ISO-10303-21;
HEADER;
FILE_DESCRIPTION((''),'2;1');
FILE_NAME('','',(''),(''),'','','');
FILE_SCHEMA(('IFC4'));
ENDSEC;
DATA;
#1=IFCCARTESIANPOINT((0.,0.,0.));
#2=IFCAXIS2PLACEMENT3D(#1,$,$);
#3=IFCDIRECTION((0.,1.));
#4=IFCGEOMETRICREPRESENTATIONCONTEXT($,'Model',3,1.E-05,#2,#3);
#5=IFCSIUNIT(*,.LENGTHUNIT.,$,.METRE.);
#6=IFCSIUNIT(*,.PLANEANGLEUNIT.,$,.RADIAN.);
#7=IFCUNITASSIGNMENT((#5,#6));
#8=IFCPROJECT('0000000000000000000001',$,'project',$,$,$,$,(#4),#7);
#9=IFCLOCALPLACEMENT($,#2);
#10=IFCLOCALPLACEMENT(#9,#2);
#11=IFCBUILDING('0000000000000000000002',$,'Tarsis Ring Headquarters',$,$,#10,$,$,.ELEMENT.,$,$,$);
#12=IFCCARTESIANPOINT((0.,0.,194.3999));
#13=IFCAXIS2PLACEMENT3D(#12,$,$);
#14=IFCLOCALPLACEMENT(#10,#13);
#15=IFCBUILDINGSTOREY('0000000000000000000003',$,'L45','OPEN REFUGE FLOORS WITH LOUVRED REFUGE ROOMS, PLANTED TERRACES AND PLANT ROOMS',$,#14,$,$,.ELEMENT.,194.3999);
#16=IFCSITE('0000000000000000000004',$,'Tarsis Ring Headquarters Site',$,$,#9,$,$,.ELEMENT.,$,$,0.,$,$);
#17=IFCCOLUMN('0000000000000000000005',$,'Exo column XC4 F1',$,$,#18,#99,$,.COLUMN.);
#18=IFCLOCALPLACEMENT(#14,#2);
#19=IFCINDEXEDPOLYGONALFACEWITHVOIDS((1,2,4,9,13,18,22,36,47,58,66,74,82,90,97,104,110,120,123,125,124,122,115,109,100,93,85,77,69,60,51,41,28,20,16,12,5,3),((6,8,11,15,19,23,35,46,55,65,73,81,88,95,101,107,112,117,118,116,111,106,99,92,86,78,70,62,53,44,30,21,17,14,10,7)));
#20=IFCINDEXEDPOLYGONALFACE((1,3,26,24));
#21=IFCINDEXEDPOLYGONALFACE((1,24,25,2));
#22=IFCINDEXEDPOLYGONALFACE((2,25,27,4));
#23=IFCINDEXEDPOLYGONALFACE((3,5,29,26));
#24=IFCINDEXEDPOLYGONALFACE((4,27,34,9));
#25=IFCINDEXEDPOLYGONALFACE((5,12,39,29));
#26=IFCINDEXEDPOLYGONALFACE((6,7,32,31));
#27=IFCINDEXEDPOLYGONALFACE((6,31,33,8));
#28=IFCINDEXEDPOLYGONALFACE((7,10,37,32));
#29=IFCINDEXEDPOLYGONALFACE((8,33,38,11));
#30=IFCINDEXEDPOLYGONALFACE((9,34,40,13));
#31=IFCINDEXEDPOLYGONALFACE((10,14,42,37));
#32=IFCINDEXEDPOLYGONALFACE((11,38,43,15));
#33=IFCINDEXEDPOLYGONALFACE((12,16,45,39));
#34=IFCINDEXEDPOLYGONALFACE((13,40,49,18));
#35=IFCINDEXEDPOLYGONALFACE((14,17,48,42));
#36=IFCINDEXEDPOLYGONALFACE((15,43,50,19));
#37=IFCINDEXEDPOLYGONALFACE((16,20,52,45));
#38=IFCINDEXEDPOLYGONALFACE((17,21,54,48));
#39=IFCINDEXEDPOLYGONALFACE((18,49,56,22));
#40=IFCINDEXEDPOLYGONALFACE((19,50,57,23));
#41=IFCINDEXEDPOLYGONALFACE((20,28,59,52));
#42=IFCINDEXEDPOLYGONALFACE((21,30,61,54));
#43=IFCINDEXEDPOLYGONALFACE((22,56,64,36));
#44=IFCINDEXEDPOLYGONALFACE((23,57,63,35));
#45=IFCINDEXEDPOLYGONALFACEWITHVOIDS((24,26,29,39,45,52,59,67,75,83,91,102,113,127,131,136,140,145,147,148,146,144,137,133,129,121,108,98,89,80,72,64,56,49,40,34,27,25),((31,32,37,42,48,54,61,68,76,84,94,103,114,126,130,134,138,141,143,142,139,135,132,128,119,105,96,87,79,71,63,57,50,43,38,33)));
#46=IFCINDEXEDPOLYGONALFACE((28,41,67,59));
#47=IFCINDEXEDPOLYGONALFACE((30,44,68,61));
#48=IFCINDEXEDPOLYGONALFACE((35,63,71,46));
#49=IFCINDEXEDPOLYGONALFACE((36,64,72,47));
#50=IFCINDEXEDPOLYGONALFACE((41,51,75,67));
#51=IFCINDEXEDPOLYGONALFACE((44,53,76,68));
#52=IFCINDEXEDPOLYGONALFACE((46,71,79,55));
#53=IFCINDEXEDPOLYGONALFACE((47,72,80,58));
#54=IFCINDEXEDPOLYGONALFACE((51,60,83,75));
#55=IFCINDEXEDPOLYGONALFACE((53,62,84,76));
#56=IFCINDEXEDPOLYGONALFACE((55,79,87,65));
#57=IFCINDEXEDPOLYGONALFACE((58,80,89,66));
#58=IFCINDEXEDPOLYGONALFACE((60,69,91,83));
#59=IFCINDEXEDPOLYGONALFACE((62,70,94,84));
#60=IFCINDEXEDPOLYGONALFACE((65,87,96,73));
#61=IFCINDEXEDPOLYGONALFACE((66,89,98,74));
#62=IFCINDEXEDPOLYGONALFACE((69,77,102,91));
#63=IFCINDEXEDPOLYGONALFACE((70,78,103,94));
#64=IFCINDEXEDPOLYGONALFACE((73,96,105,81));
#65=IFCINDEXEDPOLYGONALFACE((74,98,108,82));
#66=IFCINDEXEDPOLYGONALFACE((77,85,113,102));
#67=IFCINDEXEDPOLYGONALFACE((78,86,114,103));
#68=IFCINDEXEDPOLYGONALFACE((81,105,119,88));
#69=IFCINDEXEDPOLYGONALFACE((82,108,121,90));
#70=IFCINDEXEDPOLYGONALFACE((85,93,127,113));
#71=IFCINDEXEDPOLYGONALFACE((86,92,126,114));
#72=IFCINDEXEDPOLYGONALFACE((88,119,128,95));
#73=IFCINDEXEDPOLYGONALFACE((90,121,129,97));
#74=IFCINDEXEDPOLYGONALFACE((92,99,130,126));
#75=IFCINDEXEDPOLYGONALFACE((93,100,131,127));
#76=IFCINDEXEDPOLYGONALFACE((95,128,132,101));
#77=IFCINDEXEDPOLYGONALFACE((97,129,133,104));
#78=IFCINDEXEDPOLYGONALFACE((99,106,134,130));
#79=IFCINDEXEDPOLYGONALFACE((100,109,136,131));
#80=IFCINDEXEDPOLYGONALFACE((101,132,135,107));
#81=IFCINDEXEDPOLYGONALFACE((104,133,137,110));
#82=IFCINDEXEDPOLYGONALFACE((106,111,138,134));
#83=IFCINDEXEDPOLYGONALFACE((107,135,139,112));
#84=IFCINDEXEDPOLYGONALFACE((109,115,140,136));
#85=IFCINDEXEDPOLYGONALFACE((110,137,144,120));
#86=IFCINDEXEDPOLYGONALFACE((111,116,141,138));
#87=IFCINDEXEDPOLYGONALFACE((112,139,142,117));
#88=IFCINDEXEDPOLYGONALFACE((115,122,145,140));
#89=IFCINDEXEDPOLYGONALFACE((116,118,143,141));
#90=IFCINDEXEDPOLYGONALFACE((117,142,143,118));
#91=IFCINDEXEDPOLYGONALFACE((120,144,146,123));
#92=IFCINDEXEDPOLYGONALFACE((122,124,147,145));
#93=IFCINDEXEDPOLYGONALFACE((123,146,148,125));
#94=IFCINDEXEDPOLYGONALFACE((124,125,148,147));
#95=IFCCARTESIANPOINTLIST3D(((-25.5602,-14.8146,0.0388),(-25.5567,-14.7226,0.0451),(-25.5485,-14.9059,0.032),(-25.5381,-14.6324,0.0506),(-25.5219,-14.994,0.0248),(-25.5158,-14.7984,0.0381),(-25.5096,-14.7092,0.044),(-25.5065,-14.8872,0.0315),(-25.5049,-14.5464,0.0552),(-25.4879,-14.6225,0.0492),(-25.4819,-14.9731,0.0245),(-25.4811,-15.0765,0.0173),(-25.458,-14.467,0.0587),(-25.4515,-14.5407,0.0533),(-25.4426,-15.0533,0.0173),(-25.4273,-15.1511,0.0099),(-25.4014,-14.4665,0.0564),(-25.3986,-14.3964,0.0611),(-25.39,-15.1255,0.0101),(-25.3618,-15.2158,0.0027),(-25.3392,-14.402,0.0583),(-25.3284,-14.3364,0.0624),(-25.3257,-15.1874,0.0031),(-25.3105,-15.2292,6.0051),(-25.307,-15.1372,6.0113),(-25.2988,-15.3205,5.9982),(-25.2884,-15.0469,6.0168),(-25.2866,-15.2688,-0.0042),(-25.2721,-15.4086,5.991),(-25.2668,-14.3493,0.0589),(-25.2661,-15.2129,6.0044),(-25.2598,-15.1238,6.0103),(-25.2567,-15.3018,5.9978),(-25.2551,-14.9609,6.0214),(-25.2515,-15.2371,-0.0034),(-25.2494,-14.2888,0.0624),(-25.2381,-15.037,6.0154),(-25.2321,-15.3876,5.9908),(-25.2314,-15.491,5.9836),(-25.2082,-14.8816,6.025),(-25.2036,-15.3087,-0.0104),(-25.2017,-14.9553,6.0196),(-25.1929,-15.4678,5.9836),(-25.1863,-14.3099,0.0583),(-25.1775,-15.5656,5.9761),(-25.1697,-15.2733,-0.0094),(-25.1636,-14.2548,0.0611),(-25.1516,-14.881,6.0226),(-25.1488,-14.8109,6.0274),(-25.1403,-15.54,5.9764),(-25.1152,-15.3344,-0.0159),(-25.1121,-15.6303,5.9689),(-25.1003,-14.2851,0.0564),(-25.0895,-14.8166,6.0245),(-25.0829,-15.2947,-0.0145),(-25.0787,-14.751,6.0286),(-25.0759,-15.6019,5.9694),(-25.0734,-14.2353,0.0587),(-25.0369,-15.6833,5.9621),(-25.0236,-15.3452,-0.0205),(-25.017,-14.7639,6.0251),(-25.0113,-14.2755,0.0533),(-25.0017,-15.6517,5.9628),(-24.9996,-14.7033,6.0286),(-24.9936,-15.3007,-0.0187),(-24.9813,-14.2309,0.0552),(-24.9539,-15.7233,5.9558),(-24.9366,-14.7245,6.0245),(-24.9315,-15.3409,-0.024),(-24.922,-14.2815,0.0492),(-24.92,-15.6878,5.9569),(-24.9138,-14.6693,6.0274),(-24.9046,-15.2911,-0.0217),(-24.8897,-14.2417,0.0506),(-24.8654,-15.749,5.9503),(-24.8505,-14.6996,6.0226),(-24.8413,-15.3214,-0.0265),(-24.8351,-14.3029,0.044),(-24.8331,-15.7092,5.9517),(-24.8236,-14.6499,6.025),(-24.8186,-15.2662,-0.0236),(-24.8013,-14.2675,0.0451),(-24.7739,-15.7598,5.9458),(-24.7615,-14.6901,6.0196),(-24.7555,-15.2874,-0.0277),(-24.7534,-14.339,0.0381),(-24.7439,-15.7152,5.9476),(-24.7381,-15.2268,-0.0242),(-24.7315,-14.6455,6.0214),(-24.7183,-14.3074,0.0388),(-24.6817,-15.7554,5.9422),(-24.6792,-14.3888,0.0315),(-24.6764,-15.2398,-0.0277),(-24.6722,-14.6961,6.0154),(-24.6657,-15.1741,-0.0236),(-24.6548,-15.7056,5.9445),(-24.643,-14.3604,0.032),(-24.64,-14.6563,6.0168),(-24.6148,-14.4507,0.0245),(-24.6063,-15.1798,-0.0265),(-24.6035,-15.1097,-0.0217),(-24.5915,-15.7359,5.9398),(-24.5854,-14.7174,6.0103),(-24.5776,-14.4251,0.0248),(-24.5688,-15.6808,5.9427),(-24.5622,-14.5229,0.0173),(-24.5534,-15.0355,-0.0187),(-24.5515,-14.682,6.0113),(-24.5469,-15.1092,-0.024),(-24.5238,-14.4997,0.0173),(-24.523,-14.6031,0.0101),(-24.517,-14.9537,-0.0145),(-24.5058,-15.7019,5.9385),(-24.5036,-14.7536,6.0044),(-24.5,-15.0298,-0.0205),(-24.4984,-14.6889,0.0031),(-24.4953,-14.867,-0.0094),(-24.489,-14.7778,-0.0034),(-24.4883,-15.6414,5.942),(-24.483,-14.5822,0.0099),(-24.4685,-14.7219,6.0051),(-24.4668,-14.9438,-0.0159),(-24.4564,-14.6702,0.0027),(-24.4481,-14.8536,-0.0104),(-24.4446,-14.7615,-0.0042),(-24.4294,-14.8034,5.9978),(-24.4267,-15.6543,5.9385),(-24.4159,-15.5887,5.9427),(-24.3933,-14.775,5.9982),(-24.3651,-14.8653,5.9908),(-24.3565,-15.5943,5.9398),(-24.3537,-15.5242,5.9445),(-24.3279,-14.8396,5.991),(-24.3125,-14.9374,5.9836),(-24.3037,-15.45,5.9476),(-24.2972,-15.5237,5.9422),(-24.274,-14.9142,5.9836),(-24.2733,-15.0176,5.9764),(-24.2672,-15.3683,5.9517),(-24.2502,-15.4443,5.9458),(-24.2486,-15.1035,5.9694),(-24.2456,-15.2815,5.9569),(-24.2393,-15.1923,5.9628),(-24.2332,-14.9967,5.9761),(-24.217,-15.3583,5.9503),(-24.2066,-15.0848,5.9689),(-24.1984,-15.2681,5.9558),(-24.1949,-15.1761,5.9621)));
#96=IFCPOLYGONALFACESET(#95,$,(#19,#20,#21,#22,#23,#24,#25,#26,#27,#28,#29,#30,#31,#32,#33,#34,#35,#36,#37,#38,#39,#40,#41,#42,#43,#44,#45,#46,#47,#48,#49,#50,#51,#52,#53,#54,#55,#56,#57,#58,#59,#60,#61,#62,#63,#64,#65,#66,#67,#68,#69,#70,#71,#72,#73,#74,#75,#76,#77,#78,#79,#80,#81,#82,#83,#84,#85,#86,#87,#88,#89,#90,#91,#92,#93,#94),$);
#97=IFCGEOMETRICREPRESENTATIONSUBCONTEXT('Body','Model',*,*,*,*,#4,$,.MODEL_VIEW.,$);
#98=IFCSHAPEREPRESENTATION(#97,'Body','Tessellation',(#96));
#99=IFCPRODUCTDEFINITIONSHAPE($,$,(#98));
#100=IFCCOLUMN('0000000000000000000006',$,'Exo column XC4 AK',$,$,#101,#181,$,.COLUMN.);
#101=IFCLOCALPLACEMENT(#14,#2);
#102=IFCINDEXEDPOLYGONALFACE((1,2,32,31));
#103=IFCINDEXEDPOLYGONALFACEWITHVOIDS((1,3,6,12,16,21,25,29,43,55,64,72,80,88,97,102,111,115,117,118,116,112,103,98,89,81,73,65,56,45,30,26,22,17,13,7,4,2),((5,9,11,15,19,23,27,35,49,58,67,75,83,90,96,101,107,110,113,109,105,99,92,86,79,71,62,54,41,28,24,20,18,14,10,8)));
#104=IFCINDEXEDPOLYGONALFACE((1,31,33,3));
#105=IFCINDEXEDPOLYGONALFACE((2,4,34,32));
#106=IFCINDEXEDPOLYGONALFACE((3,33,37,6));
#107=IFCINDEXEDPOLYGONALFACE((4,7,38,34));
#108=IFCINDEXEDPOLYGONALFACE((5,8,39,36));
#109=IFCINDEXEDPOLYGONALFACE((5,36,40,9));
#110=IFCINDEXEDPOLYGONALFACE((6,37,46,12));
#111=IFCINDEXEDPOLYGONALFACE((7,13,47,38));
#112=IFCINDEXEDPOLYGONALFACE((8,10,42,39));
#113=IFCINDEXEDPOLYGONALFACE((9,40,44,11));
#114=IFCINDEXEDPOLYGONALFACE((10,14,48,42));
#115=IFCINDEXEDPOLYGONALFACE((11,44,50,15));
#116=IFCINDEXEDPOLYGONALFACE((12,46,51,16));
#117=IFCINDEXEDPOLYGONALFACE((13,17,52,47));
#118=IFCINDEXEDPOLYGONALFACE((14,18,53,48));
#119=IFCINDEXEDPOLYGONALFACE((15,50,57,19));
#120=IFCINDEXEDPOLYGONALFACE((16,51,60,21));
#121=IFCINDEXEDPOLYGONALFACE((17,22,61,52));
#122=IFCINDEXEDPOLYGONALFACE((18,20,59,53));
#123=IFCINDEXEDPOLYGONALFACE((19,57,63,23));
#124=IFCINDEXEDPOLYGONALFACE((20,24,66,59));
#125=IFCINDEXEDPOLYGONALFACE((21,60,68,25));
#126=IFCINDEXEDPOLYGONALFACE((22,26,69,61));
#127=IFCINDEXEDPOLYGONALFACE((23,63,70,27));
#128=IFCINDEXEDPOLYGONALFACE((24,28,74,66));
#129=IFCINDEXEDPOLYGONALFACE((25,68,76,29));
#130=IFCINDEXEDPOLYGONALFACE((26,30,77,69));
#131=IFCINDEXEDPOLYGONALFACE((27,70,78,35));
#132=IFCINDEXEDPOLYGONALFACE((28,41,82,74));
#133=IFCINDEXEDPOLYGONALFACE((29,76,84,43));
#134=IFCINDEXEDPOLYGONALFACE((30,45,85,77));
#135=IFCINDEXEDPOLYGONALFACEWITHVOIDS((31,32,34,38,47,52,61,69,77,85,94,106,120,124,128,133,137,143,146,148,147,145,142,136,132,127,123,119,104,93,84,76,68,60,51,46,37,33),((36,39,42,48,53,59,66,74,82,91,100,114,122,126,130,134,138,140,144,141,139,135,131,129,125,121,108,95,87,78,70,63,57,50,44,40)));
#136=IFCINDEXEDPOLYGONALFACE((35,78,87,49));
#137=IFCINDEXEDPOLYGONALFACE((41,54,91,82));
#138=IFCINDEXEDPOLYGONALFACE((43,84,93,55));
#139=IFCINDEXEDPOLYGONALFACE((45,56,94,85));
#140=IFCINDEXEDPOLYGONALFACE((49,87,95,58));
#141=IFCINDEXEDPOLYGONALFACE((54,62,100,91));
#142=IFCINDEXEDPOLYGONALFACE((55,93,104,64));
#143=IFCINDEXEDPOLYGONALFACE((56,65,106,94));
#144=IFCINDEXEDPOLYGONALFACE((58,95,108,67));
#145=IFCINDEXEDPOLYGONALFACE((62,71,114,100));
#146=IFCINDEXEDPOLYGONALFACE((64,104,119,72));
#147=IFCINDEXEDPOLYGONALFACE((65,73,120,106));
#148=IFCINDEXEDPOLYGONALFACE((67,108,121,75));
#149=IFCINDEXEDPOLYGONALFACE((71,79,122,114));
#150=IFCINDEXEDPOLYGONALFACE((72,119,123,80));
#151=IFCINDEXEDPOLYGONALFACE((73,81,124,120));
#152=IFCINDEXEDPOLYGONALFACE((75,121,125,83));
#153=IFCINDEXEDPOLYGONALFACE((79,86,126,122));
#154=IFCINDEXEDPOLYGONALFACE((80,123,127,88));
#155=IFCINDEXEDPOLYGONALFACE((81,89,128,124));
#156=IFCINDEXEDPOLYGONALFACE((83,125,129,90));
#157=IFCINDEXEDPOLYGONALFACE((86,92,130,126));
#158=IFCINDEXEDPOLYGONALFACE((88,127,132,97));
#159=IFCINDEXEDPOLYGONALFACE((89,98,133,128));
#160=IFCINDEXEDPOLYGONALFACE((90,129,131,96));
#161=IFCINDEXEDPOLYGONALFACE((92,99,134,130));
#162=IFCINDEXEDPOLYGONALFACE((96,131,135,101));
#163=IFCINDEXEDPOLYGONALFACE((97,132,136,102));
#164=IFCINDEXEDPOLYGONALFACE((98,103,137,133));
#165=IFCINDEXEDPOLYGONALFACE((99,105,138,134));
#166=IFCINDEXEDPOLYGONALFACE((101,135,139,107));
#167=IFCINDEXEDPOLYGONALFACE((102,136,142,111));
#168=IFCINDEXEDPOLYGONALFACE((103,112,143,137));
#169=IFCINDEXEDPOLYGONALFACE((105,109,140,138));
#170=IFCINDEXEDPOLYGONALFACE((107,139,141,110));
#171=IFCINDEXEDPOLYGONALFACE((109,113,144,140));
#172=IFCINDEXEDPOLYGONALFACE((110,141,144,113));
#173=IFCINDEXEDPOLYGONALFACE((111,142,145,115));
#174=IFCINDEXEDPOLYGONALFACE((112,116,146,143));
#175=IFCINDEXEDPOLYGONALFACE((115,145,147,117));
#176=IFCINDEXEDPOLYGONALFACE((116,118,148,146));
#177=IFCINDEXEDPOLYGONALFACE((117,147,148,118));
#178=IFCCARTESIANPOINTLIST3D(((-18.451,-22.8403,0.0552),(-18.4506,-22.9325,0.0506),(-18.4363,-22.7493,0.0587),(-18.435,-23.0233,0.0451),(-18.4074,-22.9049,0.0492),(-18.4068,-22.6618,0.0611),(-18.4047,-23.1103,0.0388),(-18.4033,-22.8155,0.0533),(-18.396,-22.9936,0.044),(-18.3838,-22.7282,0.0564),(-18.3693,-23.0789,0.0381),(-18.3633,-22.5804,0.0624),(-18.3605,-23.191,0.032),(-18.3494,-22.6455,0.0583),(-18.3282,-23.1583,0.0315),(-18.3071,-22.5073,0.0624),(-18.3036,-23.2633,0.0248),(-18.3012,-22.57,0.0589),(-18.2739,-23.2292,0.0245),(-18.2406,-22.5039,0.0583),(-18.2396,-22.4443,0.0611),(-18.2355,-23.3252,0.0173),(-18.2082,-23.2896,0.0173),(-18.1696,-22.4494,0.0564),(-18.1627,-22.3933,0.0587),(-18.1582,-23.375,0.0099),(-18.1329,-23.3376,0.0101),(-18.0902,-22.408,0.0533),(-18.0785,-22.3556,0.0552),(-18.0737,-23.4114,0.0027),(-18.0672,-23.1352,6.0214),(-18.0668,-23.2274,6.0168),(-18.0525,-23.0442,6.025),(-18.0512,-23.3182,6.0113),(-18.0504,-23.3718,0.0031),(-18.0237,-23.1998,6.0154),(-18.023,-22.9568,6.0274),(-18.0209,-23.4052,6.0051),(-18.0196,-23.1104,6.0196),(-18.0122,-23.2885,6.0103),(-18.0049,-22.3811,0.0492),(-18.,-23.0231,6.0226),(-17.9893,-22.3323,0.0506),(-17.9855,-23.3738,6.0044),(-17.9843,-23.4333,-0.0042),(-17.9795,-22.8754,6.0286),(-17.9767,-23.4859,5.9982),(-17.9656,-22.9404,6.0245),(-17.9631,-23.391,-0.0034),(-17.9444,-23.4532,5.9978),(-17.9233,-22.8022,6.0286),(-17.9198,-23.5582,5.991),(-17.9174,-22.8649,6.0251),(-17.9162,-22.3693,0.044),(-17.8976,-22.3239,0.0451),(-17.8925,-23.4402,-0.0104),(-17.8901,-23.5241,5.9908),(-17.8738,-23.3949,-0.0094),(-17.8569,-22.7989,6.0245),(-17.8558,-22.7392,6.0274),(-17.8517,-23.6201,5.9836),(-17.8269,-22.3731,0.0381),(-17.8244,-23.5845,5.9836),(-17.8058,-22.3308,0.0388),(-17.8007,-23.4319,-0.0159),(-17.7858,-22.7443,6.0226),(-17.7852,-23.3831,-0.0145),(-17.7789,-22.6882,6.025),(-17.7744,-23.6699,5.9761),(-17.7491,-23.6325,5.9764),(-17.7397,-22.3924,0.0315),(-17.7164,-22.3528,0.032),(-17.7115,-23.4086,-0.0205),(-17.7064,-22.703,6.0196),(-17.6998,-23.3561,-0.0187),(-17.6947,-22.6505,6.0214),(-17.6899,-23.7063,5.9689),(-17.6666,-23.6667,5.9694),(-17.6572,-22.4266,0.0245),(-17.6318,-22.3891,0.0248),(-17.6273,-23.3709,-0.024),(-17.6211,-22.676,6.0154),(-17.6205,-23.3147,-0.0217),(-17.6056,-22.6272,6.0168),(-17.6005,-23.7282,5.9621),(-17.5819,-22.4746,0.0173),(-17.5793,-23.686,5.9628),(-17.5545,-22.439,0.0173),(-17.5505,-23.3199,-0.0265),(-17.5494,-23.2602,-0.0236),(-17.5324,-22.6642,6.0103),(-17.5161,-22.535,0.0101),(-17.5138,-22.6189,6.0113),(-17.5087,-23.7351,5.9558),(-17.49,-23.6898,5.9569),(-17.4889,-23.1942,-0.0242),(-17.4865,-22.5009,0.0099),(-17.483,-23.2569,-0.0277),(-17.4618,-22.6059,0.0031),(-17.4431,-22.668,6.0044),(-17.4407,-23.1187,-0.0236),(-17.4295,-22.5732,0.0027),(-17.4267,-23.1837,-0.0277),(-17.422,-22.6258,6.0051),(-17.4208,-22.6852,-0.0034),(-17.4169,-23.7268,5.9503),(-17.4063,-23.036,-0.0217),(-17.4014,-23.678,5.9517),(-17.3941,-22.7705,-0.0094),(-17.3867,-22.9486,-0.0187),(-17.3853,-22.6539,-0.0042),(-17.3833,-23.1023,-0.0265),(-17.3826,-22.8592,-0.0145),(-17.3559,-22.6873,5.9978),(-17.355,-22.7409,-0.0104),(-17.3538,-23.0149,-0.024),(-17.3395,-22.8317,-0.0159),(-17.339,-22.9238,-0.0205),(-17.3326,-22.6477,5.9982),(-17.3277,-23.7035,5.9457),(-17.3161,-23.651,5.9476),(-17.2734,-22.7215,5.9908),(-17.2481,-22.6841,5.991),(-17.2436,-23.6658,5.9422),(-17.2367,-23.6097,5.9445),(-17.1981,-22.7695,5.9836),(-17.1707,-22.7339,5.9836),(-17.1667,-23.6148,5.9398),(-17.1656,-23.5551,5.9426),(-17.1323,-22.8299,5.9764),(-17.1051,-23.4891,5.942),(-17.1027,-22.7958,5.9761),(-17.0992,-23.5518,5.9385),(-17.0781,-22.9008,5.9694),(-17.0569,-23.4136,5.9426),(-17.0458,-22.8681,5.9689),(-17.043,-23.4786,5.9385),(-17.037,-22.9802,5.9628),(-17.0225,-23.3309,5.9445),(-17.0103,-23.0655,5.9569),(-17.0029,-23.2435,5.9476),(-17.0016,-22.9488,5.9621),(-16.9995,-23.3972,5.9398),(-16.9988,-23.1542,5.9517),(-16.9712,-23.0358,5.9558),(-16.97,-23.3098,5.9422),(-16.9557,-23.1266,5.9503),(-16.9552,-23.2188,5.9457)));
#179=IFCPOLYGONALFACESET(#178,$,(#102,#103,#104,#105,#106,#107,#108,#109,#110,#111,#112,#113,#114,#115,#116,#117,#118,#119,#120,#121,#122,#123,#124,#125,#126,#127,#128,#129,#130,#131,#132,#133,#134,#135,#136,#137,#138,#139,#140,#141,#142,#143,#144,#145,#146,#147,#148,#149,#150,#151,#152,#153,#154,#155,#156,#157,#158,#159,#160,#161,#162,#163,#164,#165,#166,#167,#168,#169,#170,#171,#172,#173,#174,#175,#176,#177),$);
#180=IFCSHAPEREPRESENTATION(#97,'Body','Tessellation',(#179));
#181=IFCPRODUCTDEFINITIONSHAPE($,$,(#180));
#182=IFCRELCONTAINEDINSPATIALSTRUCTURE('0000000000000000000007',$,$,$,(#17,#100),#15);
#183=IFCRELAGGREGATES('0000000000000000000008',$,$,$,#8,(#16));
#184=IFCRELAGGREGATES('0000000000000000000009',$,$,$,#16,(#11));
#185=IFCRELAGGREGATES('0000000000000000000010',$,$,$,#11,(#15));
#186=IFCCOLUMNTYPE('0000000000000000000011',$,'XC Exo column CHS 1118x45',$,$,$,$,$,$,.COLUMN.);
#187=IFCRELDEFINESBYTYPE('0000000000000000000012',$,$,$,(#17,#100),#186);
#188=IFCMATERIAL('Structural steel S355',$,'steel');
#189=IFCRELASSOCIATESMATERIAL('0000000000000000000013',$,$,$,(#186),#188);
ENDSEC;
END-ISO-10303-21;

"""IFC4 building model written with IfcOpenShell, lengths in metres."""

from ifc_helpers import new_model, si_unit, direction, frame, origin, origin_2d, place, context, subcontext, project, spatial, hollow_circle, extrude, material, material_profile, profile_set, type_object, element, save


model = new_model("IFC4")

# Units and contexts
model_context = context("Model", 3, precision=1e-05, world=origin(), true_north=direction((0.0, 1.0)))
body_context = subcontext(model_context, "Body", "Model", "MODEL_VIEW")
ifc_project = project(units=[si_unit("LENGTHUNIT", "METRE"), si_unit("PLANEANGLEUNIT", "RADIAN")], contexts=[model_context])

# Site, building, storey
site_placement = place(None, origin())
site = spatial("IfcSite", under=ifc_project, at=site_placement, Name="Tarsis Ring Headquarters Site", CompositionType="ELEMENT", RefElevation=0.0)
building_placement = place(site_placement, origin())
building = spatial("IfcBuilding", under=site, at=building_placement, Name="Tarsis Ring Headquarters", CompositionType="ELEMENT")
storey_placement = place(building_placement, frame((0.0, 0.0, 194.3999)))
storey = spatial("IfcBuildingStorey", under=building, at=storey_placement, Name="L45", Description="OPEN REFUGE FLOORS WITH LOUVRED REFUGE ROOMS, PLANTED TERRACES AND PLANT ROOMS", CompositionType="ELEMENT", Elevation=194.3999)

# Columns
ifc_material_1 = material(Name="Structural steel S355", Category="steel")
ifc_material_profile_1 = material_profile(ifc_material_1, hollow_circle(Radius=0.5588, WallThickness=0.0449, at=origin_2d()), Name="CHS 1118x45")
ifc_profile_set_1 = profile_set([ifc_material_profile_1], Name="Structural steel S355")
column_type = type_object("IfcColumnType", Name="XC Exo column CHS 1118x45", PredefinedType="COLUMN", material=ifc_profile_set_1)
for number, where, z_axis, x_axis, name in (
    (1, (-25.0024, -14.7881, 0.0173), (0.041724, -0.069254, 0.996726), (0.856557, 0.516053, 0.0), "Exo column XC4 F1"),
    (2, (-17.895, -22.8821, 0.0173), (0.064115, -0.049269, 0.996726), (0.609321, 0.792924, 0.0), "Exo column XC4 AK"),
):
    element("IfcColumn", number, at=place(storey_placement, frame(where, z_axis=z_axis, x_axis=x_axis)), inside=storey, type_object=column_type, Name=name, PredefinedType="COLUMN", context=body_context, shape_type="SweptSolid", body=[
        extrude(hollow_circle(Radius=0.5588, WallThickness=0.0449, at=origin_2d()), origin(), (0.0, 0.0, 1.0), 5.9858),
    ])

save(model, "model.ifc")
